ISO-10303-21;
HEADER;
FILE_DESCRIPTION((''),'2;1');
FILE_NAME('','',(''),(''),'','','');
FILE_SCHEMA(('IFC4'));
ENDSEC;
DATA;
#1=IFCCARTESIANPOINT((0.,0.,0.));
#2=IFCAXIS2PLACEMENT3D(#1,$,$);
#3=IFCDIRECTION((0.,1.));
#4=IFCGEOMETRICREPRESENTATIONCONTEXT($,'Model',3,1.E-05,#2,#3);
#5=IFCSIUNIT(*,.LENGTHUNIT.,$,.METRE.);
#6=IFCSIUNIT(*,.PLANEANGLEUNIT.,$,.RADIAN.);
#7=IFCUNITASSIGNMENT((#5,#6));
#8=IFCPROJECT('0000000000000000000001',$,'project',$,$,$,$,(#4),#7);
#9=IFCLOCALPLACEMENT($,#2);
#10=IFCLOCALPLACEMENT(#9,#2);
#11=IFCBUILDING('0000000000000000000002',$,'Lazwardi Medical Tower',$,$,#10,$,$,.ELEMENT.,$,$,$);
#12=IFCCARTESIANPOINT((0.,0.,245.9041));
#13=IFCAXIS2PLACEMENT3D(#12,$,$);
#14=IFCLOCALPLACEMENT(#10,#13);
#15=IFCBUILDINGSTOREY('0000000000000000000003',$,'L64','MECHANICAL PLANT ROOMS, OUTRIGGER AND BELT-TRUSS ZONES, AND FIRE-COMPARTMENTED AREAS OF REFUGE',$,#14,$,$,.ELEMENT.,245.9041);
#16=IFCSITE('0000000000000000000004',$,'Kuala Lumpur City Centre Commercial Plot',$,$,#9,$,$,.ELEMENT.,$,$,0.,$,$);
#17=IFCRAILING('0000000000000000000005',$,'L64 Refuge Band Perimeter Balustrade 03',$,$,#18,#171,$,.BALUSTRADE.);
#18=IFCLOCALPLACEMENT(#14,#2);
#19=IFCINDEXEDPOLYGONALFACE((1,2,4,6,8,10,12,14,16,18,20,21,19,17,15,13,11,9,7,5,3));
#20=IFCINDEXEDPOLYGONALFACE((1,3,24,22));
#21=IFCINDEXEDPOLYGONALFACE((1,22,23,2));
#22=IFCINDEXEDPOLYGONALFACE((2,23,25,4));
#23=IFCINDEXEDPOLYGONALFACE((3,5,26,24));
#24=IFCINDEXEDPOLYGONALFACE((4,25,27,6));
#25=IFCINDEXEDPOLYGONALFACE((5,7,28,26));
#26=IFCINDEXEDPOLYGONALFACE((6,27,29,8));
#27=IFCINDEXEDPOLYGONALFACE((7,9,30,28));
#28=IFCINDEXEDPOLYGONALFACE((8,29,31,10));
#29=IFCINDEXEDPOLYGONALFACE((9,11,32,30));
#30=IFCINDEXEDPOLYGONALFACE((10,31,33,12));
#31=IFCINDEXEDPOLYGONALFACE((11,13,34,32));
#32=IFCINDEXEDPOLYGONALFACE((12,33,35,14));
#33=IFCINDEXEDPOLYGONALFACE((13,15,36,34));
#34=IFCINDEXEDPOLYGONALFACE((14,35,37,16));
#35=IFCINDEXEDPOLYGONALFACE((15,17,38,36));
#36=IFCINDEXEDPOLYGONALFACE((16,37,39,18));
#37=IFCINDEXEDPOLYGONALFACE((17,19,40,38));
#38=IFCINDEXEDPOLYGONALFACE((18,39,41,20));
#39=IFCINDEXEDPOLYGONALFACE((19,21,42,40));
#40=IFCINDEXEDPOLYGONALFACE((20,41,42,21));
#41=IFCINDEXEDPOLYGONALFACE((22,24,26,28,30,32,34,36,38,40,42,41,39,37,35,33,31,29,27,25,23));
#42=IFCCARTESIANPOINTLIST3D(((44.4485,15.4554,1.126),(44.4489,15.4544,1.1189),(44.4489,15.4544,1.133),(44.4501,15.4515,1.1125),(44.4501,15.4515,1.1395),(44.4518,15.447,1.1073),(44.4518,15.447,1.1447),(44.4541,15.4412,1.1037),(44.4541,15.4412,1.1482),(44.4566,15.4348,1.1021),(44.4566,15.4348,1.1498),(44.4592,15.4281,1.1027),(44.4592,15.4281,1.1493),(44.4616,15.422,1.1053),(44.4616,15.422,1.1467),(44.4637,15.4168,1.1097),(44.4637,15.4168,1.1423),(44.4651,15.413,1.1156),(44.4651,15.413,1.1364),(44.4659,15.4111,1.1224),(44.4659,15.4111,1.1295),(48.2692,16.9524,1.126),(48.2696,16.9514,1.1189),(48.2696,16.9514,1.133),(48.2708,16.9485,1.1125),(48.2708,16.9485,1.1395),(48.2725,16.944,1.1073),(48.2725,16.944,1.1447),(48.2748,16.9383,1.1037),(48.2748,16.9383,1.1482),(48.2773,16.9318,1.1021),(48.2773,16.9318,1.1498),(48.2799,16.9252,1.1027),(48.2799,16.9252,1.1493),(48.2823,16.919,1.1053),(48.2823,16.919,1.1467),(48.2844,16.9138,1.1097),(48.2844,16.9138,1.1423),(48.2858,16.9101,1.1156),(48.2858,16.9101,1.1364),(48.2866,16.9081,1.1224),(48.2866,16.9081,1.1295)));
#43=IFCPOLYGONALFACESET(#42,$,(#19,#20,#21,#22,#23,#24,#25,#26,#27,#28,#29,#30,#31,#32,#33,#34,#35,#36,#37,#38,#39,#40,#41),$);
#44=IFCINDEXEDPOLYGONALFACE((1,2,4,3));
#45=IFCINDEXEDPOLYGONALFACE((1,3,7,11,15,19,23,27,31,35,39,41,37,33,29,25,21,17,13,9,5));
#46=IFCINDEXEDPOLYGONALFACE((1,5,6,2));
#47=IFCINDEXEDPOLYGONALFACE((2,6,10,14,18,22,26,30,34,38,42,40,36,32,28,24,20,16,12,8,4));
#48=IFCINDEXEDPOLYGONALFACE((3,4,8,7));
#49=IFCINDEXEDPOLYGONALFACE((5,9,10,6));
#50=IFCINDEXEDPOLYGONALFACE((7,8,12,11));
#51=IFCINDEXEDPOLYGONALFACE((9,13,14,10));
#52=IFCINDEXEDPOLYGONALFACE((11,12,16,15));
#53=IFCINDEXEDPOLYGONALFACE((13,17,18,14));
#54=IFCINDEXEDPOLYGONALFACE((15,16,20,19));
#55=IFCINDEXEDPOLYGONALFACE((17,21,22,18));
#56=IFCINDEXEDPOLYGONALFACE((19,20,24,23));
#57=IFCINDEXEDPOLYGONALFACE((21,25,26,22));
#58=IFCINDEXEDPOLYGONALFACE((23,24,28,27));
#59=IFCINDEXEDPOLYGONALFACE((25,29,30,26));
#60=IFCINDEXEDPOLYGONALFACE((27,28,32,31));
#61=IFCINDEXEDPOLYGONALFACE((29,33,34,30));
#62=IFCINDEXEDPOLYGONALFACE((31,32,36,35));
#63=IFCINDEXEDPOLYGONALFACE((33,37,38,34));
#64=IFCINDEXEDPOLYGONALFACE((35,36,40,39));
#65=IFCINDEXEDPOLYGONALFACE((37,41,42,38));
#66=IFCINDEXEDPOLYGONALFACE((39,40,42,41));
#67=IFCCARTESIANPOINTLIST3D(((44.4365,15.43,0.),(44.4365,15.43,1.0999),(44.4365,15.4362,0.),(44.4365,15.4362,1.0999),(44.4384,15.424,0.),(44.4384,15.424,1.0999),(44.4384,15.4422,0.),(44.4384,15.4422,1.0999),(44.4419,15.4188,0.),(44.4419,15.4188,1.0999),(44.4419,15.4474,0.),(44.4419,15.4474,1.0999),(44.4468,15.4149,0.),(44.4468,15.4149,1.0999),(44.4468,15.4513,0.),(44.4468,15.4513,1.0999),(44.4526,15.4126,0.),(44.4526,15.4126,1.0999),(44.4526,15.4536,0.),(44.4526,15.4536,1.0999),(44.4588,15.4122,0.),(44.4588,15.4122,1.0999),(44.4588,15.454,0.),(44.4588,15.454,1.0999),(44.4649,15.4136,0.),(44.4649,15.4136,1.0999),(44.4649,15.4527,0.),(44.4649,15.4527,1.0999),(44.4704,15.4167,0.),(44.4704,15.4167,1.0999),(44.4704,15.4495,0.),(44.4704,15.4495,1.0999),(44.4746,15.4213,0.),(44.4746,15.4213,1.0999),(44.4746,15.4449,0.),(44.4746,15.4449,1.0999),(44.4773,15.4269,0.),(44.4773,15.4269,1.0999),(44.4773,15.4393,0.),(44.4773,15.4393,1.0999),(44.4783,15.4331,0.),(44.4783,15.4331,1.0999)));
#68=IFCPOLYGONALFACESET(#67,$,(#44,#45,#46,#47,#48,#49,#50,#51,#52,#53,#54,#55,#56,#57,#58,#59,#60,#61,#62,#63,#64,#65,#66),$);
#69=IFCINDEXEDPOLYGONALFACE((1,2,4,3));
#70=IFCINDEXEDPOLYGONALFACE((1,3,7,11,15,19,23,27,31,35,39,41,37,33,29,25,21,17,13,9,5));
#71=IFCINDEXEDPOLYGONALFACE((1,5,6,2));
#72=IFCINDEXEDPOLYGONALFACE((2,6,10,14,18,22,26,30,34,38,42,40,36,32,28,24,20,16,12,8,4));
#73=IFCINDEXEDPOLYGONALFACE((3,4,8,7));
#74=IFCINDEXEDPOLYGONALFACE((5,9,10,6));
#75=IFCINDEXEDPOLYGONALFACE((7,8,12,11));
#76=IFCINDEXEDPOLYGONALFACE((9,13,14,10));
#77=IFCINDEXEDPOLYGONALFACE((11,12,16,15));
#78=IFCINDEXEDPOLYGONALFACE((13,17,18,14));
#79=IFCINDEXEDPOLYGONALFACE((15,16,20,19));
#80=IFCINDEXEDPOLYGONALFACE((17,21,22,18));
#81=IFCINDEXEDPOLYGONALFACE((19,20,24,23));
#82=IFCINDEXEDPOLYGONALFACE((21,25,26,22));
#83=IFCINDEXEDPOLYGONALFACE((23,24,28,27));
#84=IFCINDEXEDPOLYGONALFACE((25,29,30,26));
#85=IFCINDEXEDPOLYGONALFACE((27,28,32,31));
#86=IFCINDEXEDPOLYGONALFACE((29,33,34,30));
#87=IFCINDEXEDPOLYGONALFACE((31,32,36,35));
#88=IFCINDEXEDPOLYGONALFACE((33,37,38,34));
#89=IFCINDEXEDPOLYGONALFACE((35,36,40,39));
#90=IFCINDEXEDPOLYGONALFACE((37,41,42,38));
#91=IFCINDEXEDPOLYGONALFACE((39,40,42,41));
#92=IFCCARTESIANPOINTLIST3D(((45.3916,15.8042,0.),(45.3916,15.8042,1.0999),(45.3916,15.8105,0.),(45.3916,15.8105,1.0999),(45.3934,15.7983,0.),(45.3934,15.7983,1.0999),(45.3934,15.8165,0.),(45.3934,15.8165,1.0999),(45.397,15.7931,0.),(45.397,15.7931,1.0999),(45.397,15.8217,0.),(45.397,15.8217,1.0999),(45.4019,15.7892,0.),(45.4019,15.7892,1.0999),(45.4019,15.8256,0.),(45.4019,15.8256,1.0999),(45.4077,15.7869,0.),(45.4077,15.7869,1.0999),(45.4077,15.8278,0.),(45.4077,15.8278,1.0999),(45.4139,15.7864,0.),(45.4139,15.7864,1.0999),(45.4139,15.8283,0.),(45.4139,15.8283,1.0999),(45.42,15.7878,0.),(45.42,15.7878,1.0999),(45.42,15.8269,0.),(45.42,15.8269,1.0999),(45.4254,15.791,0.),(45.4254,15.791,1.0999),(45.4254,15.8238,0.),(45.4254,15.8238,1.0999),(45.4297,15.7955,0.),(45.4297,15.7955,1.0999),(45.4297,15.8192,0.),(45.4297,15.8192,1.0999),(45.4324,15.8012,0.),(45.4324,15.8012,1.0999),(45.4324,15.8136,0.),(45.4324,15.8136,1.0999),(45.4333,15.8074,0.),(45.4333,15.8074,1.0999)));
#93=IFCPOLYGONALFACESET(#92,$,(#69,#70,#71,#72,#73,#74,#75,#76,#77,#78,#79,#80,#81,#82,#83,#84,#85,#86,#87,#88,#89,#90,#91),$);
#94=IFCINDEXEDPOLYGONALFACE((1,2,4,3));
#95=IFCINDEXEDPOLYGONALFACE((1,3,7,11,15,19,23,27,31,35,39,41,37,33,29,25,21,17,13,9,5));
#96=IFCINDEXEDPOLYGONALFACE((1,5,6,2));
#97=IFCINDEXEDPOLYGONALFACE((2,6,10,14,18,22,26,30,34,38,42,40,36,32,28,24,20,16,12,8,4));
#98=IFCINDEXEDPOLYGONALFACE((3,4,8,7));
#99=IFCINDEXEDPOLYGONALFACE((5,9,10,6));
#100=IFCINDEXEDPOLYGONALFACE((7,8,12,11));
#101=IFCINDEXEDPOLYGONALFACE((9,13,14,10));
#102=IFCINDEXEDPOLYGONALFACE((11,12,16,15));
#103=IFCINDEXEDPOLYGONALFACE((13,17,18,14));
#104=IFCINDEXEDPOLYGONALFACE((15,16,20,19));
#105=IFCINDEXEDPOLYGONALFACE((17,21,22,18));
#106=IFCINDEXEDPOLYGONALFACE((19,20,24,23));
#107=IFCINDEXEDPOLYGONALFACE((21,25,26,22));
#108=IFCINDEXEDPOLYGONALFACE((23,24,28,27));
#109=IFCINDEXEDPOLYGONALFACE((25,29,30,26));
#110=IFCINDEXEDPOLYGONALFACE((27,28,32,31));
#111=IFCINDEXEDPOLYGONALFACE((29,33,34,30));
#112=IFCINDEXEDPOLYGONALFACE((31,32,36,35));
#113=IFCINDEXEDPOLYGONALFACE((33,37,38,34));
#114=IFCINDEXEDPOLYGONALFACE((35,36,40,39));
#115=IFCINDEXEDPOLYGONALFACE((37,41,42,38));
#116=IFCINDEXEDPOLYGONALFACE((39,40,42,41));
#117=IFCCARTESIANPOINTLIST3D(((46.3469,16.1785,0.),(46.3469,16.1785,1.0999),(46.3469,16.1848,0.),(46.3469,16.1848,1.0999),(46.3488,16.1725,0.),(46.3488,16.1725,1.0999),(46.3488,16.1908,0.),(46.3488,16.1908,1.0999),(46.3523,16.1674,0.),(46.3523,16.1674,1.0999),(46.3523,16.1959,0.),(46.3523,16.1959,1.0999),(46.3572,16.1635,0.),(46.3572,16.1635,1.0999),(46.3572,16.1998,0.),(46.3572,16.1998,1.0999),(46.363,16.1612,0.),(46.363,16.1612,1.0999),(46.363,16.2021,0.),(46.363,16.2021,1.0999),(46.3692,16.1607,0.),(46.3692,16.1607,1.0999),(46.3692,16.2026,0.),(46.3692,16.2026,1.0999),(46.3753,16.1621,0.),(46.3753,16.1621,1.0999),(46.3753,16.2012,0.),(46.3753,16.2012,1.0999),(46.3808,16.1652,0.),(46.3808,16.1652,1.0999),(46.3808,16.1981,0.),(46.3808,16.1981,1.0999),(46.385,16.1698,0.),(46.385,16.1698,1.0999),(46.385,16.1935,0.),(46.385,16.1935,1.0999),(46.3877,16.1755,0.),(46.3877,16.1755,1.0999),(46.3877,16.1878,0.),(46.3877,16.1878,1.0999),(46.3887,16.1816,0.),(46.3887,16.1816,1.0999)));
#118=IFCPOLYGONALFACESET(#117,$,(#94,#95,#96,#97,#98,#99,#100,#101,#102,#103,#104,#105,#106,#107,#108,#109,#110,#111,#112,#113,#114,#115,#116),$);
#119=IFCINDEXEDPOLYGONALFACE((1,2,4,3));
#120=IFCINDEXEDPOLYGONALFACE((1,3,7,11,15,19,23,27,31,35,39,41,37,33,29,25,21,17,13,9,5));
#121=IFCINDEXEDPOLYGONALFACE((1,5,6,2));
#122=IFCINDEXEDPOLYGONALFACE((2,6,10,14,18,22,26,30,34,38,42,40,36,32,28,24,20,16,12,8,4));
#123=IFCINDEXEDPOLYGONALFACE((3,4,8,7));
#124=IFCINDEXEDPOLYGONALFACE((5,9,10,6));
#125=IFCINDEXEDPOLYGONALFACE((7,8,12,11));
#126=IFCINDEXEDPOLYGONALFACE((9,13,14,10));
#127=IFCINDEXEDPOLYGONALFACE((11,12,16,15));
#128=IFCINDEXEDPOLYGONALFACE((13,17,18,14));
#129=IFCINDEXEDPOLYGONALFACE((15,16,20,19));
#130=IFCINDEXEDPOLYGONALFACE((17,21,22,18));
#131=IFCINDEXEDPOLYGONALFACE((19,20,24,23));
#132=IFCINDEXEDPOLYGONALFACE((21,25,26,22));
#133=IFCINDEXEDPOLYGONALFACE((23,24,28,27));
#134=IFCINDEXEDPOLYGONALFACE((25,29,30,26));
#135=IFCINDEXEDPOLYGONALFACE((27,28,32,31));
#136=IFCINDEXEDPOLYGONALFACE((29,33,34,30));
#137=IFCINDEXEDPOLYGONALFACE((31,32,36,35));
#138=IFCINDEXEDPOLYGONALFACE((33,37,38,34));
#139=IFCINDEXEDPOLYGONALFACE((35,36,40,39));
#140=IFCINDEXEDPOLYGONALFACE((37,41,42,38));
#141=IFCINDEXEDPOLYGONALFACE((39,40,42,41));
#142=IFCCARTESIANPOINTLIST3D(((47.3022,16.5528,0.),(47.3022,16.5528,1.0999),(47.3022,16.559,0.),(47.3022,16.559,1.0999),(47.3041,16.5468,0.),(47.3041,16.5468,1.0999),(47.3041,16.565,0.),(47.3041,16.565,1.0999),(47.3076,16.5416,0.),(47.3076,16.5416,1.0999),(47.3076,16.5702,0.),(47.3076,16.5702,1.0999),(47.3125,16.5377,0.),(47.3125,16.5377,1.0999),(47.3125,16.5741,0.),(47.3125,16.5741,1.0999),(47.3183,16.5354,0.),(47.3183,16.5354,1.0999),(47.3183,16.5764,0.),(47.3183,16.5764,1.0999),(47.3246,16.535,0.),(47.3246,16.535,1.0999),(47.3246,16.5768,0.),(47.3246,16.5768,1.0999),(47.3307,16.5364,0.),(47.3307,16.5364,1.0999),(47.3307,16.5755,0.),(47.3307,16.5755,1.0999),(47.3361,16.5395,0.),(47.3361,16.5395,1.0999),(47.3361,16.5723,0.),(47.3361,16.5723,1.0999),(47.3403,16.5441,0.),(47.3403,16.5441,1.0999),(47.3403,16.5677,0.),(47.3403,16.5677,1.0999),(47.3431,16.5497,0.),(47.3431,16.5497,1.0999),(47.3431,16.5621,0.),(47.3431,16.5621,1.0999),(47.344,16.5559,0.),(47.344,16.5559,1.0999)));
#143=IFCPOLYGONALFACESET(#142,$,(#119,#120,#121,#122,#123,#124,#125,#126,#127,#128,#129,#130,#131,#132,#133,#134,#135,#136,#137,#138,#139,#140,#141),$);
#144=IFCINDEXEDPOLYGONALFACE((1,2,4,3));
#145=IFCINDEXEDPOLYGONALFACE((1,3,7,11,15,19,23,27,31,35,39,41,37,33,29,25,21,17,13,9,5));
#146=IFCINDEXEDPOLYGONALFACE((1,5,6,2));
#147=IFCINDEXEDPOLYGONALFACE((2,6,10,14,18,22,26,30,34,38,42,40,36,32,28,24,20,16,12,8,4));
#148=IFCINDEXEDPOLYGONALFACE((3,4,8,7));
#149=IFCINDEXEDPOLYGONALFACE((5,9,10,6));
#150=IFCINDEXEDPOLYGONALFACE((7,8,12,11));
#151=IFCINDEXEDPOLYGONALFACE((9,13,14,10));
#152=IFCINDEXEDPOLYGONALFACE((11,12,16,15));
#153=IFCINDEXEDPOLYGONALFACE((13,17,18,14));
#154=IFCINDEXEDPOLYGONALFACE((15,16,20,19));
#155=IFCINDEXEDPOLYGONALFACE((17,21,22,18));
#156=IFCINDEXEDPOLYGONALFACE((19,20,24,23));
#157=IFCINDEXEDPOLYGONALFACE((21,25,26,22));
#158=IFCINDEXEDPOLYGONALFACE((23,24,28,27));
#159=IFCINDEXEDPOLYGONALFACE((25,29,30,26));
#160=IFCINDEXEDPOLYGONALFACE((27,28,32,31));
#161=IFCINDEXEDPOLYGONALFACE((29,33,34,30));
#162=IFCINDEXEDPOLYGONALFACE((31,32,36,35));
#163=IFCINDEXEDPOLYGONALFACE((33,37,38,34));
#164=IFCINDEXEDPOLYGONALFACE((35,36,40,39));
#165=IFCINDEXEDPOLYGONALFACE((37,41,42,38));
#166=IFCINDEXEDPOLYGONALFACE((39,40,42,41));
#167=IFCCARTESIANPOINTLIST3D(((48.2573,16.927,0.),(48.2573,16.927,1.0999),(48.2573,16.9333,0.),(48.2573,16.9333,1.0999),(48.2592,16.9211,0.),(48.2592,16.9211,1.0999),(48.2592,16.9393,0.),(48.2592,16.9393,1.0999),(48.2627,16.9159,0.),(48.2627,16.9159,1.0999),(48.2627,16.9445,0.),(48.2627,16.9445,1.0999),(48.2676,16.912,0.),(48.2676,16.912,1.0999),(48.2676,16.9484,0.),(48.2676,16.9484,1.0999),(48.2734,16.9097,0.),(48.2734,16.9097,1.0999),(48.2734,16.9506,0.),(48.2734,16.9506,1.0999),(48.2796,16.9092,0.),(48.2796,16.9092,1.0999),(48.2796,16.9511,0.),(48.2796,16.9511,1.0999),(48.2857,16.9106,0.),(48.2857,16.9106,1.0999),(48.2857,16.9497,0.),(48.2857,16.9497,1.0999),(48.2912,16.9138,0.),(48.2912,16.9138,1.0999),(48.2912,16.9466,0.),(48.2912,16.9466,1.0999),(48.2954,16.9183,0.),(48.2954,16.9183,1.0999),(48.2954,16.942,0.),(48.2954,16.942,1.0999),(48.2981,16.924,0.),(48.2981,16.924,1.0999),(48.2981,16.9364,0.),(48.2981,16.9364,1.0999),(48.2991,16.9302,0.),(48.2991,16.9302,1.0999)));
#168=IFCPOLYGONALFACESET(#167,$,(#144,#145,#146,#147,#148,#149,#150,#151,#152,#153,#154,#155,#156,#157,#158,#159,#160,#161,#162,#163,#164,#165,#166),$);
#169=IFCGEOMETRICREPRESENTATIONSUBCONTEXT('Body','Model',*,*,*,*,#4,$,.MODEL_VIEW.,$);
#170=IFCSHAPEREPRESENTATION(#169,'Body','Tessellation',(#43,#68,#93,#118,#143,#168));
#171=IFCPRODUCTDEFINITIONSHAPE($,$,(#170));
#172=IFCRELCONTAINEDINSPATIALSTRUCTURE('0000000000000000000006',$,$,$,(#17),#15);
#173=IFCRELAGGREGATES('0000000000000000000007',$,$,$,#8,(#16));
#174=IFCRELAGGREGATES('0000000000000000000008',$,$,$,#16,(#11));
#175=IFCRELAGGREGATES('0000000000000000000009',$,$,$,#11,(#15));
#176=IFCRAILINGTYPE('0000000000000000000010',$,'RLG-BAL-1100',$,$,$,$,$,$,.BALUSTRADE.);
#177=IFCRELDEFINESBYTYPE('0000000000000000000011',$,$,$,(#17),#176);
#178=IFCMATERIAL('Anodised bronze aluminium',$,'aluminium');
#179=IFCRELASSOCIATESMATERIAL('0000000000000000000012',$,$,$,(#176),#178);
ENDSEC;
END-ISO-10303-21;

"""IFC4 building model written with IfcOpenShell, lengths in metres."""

from ifc_helpers import new_model, si_unit, direction, frame, origin, origin_2d, place, context, subcontext, project, spatial, circle, extrude, material, type_object, element, save


model = new_model("IFC4")

# Units and contexts
model_context = context("Model", 3, precision=1e-05, world=origin(), true_north=direction((0.0, 1.0)))
body_context = subcontext(model_context, "Body", "Model", "MODEL_VIEW")
ifc_project = project(units=[si_unit("LENGTHUNIT", "METRE"), si_unit("PLANEANGLEUNIT", "RADIAN")], contexts=[model_context])

# Site, building, storey
site_placement = place(None, origin())
site = spatial("IfcSite", under=ifc_project, at=site_placement, Name="Kuala Lumpur City Centre Commercial Plot", CompositionType="ELEMENT", RefElevation=0.0)
building_placement = place(site_placement, origin())
building = spatial("IfcBuilding", under=site, at=building_placement, Name="Lazwardi Medical Tower", CompositionType="ELEMENT")
storey_placement = place(building_placement, frame((0.0, 0.0, 245.9041)))
storey = spatial("IfcBuildingStorey", under=building, at=storey_placement, Name="L64", Description="MECHANICAL PLANT ROOMS, OUTRIGGER AND BELT-TRUSS ZONES, AND FIRE-COMPARTMENTED AREAS OF REFUGE", CompositionType="ELEMENT", Elevation=245.9041)

# Railing
ifc_material_1 = material(Name="Anodised bronze aluminium", Category="aluminium")
railing_type = type_object("IfcRailingType", Name="RLG-BAL-1100", PredefinedType="BALUSTRADE", material=ifc_material_1)
railing_1_placement = place(storey_placement, frame((44.4573, 15.4331, 0.0)))
element("IfcRailing", 1, at=railing_1_placement, inside=storey, type_object=railing_type, Name="L64 Refuge Band Perimeter Balustrade 03", PredefinedType="BALUSTRADE", context=body_context, shape_type="SweptSolid", body=[
    extrude(circle(Radius=0.0239, at=origin_2d()), frame((0.0, 0.0, 1.126), z_axis=(0.931079, 0.364817, 0.0), x_axis=(-0.364817, 0.931079, 0.0)), (0.0, 0.0, 1.0), 4.1035),
    extrude(circle(Radius=0.021, at=origin_2d()), origin(), (0.0, 0.0, 1.0), 1.0999),
    extrude(circle(Radius=0.021, at=origin_2d()), frame((0.9551, 0.3743, 0.0)), (0.0, 0.0, 1.0), 1.0999),
    extrude(circle(Radius=0.021, at=origin_2d()), frame((1.9104, 0.7485, 0.0)), (0.0, 0.0, 1.0), 1.0999),
    extrude(circle(Radius=0.021, at=origin_2d()), frame((2.8657, 1.1228, 0.0)), (0.0, 0.0, 1.0), 1.0999),
    extrude(circle(Radius=0.021, at=origin_2d()), frame((3.8208, 1.4971, 0.0)), (0.0, 0.0, 1.0), 1.0999),
])

save(model, "model.ifc")
